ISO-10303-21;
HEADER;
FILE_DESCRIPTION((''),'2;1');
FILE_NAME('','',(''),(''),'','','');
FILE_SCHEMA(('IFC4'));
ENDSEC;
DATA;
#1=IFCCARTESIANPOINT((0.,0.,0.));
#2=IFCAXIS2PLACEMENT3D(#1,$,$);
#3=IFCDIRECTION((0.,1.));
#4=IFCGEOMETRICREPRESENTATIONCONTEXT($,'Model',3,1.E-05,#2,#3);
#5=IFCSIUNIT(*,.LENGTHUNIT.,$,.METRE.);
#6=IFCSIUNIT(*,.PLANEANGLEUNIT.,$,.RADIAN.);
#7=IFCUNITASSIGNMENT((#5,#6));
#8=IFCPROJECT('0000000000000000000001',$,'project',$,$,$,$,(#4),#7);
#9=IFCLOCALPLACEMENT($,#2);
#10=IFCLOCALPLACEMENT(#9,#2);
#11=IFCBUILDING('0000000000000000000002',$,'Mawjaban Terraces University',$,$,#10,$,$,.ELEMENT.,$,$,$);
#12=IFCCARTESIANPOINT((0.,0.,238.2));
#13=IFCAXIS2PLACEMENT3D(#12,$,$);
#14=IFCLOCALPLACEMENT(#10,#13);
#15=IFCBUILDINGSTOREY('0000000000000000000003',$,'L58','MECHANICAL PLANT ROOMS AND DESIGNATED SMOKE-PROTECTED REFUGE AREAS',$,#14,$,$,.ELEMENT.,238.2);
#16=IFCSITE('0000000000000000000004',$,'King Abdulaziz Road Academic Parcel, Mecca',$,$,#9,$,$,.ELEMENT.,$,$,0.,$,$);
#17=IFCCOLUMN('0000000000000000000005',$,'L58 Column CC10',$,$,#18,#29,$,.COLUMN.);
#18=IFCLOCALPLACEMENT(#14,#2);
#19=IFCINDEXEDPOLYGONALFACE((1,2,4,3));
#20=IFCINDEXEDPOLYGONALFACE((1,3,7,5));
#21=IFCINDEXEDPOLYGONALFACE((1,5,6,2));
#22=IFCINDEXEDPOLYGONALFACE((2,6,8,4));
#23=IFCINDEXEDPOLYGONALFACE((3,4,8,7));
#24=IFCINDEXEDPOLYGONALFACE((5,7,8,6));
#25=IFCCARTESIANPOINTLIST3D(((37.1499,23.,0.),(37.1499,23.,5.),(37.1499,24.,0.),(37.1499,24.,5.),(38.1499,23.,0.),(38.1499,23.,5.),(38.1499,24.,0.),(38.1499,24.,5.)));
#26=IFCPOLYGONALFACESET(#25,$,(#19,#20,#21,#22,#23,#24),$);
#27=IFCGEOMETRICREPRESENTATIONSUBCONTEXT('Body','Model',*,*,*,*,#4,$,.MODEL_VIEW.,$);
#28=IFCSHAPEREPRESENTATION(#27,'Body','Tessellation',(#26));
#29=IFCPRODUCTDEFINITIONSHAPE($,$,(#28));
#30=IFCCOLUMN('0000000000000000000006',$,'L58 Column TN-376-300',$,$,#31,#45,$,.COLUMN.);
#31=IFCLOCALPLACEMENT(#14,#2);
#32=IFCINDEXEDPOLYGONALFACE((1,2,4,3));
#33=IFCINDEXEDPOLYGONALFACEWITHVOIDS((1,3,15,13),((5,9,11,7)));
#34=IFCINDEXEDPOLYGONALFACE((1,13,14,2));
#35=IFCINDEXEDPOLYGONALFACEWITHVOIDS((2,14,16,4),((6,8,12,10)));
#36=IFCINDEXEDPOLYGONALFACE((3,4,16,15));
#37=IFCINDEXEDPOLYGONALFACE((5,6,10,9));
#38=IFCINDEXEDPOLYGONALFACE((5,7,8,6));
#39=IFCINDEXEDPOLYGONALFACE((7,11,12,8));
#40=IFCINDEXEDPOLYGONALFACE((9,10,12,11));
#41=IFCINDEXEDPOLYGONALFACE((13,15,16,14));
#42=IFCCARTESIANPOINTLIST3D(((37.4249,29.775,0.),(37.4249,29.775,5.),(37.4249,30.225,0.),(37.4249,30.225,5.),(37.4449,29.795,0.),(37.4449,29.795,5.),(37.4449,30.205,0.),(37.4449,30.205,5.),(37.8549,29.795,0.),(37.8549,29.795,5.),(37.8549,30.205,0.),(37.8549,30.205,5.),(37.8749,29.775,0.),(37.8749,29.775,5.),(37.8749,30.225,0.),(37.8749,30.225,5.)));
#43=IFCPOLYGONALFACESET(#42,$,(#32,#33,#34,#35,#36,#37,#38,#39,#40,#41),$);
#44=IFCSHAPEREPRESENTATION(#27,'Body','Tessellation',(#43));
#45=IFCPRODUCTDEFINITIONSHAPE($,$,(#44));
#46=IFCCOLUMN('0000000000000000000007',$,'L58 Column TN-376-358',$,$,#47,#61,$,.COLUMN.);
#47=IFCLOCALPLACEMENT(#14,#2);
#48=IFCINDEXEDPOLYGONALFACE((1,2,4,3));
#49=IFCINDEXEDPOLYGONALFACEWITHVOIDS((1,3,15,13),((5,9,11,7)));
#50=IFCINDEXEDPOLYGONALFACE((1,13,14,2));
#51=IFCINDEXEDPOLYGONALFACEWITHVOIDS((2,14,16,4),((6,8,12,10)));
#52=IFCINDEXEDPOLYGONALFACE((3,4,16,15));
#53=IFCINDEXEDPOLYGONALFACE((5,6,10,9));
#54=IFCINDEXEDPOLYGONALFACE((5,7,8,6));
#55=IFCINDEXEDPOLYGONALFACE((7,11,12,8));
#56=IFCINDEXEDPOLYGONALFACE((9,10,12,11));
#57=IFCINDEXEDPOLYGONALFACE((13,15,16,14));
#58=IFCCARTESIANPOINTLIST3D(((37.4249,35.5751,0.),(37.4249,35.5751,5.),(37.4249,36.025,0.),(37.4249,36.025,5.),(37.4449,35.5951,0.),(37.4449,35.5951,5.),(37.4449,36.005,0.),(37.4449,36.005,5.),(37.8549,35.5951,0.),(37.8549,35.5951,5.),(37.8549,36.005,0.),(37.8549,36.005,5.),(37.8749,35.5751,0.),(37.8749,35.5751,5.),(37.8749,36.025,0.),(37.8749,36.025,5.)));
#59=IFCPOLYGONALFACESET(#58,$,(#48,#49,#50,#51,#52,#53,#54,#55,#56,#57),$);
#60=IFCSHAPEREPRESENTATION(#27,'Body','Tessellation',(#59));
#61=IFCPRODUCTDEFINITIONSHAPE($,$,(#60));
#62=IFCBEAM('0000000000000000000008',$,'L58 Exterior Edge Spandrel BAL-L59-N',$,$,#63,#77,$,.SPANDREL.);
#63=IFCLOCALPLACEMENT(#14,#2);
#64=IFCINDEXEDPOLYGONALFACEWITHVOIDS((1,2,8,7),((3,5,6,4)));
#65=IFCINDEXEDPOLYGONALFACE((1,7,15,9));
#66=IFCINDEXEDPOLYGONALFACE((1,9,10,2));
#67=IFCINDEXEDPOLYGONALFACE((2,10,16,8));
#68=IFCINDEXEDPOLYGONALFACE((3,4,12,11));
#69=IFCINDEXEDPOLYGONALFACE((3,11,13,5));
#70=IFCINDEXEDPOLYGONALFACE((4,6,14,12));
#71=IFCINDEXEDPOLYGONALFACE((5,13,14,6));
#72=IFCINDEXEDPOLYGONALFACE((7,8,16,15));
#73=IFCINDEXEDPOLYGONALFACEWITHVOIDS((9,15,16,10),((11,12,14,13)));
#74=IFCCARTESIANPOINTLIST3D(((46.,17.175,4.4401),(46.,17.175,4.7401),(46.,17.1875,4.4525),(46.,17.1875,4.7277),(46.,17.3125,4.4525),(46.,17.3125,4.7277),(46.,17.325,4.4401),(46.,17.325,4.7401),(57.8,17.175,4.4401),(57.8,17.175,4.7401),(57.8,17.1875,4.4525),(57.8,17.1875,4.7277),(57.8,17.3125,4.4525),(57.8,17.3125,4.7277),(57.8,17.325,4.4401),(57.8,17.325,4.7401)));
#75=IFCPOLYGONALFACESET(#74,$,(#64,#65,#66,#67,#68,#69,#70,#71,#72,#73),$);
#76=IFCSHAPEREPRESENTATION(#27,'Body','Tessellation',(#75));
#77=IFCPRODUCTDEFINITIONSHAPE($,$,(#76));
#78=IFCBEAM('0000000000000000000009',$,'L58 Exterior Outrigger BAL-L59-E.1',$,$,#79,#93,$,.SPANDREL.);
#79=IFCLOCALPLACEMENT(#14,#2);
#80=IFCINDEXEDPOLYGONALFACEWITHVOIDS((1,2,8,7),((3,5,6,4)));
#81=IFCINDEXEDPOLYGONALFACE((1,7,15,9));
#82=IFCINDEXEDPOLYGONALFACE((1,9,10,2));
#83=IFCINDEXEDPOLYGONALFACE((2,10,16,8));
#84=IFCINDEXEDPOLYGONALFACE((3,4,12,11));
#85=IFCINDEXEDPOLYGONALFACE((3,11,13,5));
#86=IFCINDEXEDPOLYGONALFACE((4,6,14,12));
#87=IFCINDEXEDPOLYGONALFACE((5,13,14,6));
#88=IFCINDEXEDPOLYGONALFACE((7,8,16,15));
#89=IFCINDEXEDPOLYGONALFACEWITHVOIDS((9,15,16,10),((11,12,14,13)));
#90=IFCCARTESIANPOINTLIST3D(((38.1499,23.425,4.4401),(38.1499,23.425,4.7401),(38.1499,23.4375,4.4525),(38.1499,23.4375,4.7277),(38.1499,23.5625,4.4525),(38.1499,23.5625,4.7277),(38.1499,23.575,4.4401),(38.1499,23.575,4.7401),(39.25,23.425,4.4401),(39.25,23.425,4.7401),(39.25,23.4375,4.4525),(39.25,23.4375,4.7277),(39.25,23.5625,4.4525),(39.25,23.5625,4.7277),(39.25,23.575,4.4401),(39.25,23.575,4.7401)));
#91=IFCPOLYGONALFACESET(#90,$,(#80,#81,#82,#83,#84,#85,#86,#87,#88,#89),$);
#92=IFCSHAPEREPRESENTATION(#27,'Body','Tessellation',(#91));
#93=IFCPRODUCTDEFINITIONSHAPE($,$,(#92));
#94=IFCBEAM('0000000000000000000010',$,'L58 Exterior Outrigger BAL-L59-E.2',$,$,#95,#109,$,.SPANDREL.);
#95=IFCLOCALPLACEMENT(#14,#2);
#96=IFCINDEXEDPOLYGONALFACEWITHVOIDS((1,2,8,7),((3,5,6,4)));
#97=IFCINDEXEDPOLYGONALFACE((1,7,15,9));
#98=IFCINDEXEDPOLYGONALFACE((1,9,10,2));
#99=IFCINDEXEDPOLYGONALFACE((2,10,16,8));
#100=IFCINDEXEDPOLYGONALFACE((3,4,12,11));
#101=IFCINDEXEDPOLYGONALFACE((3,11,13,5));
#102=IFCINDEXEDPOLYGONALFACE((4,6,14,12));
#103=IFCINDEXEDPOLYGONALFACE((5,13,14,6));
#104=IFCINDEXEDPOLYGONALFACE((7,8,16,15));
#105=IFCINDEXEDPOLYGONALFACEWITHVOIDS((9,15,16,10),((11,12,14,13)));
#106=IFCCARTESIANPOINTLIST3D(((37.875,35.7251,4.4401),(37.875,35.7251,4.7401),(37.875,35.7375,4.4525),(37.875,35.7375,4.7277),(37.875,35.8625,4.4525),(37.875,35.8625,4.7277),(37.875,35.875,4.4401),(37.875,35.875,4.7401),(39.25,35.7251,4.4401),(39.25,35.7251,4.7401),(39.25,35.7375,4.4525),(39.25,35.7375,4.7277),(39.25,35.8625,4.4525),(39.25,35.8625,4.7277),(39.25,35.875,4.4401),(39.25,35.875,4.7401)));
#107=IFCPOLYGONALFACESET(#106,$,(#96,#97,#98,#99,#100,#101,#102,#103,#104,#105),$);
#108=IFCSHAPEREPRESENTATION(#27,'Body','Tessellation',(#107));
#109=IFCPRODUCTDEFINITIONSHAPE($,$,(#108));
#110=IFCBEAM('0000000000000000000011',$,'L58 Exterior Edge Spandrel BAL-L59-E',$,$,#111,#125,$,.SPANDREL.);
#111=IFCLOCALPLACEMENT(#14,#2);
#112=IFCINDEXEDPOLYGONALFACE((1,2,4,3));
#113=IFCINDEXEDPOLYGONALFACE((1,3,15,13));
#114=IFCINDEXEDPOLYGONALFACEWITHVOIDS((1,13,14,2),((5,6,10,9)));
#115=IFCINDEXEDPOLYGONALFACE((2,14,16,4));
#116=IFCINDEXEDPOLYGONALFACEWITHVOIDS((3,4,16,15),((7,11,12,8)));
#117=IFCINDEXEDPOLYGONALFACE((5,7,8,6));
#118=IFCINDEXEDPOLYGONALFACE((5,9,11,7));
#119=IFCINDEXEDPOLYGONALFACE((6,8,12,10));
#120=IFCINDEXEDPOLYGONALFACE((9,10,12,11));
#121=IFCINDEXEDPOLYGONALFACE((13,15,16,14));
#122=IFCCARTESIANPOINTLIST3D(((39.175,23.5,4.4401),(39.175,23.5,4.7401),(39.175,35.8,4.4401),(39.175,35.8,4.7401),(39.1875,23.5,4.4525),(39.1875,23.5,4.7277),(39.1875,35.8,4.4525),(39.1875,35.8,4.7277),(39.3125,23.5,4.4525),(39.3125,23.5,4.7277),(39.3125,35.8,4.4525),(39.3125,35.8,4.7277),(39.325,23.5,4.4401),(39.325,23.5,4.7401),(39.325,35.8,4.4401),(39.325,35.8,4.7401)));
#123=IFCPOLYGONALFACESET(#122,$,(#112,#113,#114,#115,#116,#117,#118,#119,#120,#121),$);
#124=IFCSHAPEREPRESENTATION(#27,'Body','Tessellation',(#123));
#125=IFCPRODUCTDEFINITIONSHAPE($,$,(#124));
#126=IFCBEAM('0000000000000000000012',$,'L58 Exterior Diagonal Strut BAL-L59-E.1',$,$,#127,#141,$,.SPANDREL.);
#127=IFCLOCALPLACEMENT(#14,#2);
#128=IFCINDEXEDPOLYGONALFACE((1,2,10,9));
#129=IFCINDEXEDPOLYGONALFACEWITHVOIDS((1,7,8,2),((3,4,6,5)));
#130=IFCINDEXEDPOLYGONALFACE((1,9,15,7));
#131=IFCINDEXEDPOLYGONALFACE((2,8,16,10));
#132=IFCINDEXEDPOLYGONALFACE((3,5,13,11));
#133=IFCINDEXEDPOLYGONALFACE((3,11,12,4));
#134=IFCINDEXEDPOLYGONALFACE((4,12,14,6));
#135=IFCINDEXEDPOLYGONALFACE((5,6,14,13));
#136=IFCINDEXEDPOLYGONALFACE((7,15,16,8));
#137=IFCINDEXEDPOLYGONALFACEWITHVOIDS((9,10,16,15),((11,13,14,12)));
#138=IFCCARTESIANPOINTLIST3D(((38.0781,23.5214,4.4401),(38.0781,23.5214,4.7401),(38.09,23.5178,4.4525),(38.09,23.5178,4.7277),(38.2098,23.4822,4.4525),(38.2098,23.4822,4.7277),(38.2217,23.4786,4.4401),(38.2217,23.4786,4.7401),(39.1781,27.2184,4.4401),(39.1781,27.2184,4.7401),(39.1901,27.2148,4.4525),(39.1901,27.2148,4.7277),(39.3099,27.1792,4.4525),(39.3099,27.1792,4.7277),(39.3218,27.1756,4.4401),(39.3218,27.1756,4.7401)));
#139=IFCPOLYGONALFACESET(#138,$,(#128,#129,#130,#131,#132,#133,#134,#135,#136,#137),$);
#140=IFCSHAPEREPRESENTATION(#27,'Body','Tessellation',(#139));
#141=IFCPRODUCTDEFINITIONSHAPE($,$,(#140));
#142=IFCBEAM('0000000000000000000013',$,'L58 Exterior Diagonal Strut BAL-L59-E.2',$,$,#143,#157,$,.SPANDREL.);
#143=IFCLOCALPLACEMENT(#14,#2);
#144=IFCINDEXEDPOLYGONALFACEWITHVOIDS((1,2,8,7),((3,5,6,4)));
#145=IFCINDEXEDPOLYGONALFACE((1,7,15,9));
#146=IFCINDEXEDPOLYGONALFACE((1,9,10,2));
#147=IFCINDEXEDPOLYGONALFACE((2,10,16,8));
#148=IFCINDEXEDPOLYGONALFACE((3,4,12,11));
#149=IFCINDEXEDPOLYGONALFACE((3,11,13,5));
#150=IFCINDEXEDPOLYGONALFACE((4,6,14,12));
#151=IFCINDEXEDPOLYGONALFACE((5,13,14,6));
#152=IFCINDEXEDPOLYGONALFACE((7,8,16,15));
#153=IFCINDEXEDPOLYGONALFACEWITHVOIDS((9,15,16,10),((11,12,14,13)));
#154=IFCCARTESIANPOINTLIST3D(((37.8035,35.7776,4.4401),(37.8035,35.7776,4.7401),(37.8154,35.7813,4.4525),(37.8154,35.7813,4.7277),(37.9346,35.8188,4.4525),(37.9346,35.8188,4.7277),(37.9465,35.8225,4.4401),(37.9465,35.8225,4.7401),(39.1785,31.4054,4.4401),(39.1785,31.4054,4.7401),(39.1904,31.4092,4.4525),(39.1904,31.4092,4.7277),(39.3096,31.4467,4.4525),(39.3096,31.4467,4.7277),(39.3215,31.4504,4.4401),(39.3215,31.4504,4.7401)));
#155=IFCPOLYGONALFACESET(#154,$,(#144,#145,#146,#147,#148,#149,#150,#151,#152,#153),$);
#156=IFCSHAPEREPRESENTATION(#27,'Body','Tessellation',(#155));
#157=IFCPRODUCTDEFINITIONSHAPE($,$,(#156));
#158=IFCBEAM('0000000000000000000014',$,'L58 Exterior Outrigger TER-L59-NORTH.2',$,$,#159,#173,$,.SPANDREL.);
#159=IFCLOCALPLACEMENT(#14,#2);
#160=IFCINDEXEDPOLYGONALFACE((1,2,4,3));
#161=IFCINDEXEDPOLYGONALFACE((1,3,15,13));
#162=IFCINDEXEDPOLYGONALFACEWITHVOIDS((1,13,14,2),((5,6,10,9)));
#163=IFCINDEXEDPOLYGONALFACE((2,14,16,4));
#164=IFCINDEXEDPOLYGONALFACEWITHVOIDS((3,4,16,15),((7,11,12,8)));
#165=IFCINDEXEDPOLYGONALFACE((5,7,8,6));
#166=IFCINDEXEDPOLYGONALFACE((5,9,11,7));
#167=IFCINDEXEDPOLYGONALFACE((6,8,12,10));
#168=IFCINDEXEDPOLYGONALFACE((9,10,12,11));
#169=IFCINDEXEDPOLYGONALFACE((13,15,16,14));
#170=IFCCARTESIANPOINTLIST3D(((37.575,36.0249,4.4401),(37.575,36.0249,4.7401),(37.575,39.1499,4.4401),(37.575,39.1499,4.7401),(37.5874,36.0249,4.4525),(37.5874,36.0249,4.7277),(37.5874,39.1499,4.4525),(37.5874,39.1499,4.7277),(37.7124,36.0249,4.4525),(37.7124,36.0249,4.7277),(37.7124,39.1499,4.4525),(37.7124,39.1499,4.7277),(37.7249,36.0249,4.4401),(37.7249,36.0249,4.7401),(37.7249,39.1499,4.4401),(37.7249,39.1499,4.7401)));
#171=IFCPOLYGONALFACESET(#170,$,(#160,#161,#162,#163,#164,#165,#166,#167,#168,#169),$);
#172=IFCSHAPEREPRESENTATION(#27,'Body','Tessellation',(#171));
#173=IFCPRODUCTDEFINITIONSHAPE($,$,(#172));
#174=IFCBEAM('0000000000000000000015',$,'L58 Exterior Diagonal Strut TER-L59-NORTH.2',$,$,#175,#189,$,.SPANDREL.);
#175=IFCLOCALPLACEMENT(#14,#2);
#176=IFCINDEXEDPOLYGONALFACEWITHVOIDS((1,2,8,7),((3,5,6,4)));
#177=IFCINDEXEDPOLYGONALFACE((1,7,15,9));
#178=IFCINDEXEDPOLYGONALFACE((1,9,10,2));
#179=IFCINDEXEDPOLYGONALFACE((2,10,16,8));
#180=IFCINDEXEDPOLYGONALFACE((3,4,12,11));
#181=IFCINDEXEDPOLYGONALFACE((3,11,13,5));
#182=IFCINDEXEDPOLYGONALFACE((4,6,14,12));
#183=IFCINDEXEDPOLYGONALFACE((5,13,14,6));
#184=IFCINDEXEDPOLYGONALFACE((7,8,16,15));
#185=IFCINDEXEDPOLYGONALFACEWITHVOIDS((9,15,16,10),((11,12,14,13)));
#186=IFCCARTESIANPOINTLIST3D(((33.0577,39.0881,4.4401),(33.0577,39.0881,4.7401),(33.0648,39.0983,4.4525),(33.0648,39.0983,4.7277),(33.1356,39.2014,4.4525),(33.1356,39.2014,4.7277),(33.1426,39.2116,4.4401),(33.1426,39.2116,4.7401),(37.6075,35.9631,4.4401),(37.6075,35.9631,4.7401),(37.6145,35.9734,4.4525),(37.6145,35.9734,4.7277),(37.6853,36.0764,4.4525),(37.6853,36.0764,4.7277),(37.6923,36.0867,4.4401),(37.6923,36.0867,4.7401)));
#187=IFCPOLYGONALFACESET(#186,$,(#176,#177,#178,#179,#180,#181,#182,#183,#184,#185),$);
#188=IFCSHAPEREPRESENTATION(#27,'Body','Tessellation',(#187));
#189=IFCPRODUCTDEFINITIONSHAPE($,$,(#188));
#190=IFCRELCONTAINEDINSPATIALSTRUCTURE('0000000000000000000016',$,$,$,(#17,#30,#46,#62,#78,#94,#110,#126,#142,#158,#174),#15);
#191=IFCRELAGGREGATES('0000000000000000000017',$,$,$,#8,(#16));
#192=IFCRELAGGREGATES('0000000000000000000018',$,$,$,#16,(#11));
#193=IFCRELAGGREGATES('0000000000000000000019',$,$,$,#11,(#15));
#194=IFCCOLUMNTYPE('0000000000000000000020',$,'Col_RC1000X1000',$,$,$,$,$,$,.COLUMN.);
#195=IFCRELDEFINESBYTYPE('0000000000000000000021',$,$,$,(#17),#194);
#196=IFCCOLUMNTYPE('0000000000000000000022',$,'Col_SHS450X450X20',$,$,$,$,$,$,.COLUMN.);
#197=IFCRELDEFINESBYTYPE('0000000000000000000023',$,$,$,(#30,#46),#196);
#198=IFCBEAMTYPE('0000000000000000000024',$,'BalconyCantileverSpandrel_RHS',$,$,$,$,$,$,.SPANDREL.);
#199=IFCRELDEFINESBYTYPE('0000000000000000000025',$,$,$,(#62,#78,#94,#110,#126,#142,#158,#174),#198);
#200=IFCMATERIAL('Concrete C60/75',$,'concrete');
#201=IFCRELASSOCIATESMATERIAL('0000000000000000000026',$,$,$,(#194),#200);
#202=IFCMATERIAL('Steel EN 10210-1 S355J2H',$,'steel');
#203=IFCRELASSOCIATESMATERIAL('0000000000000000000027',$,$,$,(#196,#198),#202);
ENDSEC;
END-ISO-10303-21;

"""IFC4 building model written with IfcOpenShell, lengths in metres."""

from ifc_helpers import new_model, si_unit, direction, frame, origin, origin_2d, place, context, subcontext, project, spatial, rectangle, hollow_rectangle, extrude, material, material_profile, profile_set, type_object, element, save


model = new_model("IFC4")

# Units and contexts
model_context = context("Model", 3, precision=1e-05, world=origin(), true_north=direction((0.0, 1.0)))
body_context = subcontext(model_context, "Body", "Model", "MODEL_VIEW")
ifc_project = project(units=[si_unit("LENGTHUNIT", "METRE"), si_unit("PLANEANGLEUNIT", "RADIAN")], contexts=[model_context])

# Site, building, storey
site_placement = place(None, origin())
site = spatial("IfcSite", under=ifc_project, at=site_placement, Name="King Abdulaziz Road Academic Parcel, Mecca", CompositionType="ELEMENT", RefElevation=0.0)
building_placement = place(site_placement, origin())
building = spatial("IfcBuilding", under=site, at=building_placement, Name="Mawjaban Terraces University", CompositionType="ELEMENT")
storey_placement = place(building_placement, frame((0.0, 0.0, 238.2)))
storey = spatial("IfcBuildingStorey", under=building, at=storey_placement, Name="L58", Description="MECHANICAL PLANT ROOMS AND DESIGNATED SMOKE-PROTECTED REFUGE AREAS", CompositionType="ELEMENT", Elevation=238.2)

# Columns
ifc_material_1 = material(Name="Concrete C60/75", Category="concrete")
ifc_material_profile_1 = material_profile(ifc_material_1, rectangle(XDim=1.0, YDim=1.0, at=origin_2d()), Name="RC1000X1000")
ifc_profile_set_1 = profile_set([ifc_material_profile_1], Name="Concrete C60/75")
column_type_1 = type_object("IfcColumnType", Name="Col_RC1000X1000", PredefinedType="COLUMN", material=ifc_profile_set_1)
column_placement = place(storey_placement, frame((37.6499, 23.5, 0.0), z_axis=(0.0, 0.0, 1.0), x_axis=(1.0, 0.0, 0.0)))
element("IfcColumn", 1, at=column_placement, inside=storey, type_object=column_type_1, Name="L58 Column CC10", PredefinedType="COLUMN", context=body_context, shape_type="SweptSolid", body=[
    extrude(rectangle(XDim=1.0, YDim=1.0, at=origin_2d()), origin(), (0.0, 0.0, 1.0), 5.0),
])
ifc_material_2 = material(Name="Steel EN 10210-1 S355J2H", Category="steel")
ifc_material_profile_2 = material_profile(ifc_material_2, hollow_rectangle(XDim=0.45, YDim=0.45, WallThickness=0.02, at=origin_2d()), Name="SHS450X450X20")
ifc_profile_set_2 = profile_set([ifc_material_profile_2], Name="Steel EN 10210-1 S355J2H")
column_type_2 = type_object("IfcColumnType", Name="Col_SHS450X450X20", PredefinedType="COLUMN", material=ifc_profile_set_2)
for number, where, z_axis, x_axis, name in (
    (2, (37.6499, 30.0, 0.0), (0.0, 0.0, 1.0), (1.0, 0.0, 0.0), "L58 Column TN-376-300"),
    (3, (37.6499, 35.8, 0.0), (0.0, 0.0, 1.0), (1.0, 0.0, 0.0), "L58 Column TN-376-358"),
):
    element("IfcColumn", number, at=place(storey_placement, frame(where, z_axis=z_axis, x_axis=x_axis)), inside=storey, type_object=column_type_2, Name=name, PredefinedType="COLUMN", context=body_context, shape_type="SweptSolid", body=[
        extrude(hollow_rectangle(XDim=0.45, YDim=0.45, WallThickness=0.02, at=origin_2d()), origin(), (0.0, 0.0, 1.0), 5.0),
    ])

# Beams
ifc_material_profile_3 = material_profile(ifc_material_2, hollow_rectangle(XDim=0.1499, YDim=0.3, WallThickness=0.0125, at=origin_2d()), Name="RHS300X150X12.5")
ifc_profile_set_3 = profile_set([ifc_material_profile_3], Name="Steel EN 10210-1 S355J2H")
beam_type_1 = type_object("IfcBeamType", Name="BalconyCantileverSpandrel_RHS", PredefinedType="SPANDREL", material=ifc_profile_set_3)
beam_1_placement = place(storey_placement, frame((46.0, 17.25, 4.5901), z_axis=(1.0, 0.0, 0.0), x_axis=(0.0, 1.0, 0.0)))
element("IfcBeam", 4, at=beam_1_placement, inside=storey, type_object=beam_type_1, Name="L58 Exterior Edge Spandrel BAL-L59-N", PredefinedType="SPANDREL", context=body_context, shape_type="SweptSolid", body=[
    extrude(hollow_rectangle(XDim=0.1499, YDim=0.3, WallThickness=0.0125, at=origin_2d()), origin(), (0.0, 0.0, 1.0), 11.8),
])
beam_2_placement = place(storey_placement, frame((38.1499, 23.5, 4.5901), z_axis=(1.0, 0.0, 0.0), x_axis=(0.0, 1.0, 0.0)))
element("IfcBeam", 5, at=beam_2_placement, inside=storey, type_object=beam_type_1, Name="L58 Exterior Outrigger BAL-L59-E.1", PredefinedType="SPANDREL", context=body_context, shape_type="SweptSolid", body=[
    extrude(hollow_rectangle(XDim=0.1499, YDim=0.3, WallThickness=0.0125, at=origin_2d()), origin(), (0.0, 0.0, 1.0), 1.1001),
])
beam_3_placement = place(storey_placement, frame((37.875, 35.8, 4.5901), z_axis=(1.0, 0.0, 0.0), x_axis=(0.0, 1.0, 0.0)))
element("IfcBeam", 6, at=beam_3_placement, inside=storey, type_object=beam_type_1, Name="L58 Exterior Outrigger BAL-L59-E.2", PredefinedType="SPANDREL", context=body_context, shape_type="SweptSolid", body=[
    extrude(hollow_rectangle(XDim=0.1499, YDim=0.3, WallThickness=0.0125, at=origin_2d()), origin(), (0.0, 0.0, 1.0), 1.375),
])
beam_4_placement = place(storey_placement, frame((39.25, 23.5, 4.5901), z_axis=(0.0, 1.0, 0.0), x_axis=(-1.0, 0.0, 0.0)))
element("IfcBeam", 7, at=beam_4_placement, inside=storey, type_object=beam_type_1, Name="L58 Exterior Edge Spandrel BAL-L59-E", PredefinedType="SPANDREL", context=body_context, shape_type="SweptSolid", body=[
    extrude(hollow_rectangle(XDim=0.1499, YDim=0.3, WallThickness=0.0125, at=origin_2d()), origin(), (0.0, 0.0, 1.0), 12.3),
])
beam_5_placement = place(storey_placement, frame((38.1499, 23.5, 4.5901), z_axis=(0.285204, 0.958467, 0.0), x_axis=(-0.958467, 0.285204, 0.0)))
element("IfcBeam", 8, at=beam_5_placement, inside=storey, type_object=beam_type_1, Name="L58 Exterior Diagonal Strut BAL-L59-E.1", PredefinedType="SPANDREL", context=body_context, shape_type="SweptSolid", body=[
    extrude(hollow_rectangle(XDim=0.1499, YDim=0.3, WallThickness=0.0125, at=origin_2d()), origin(), (0.0, 0.0, 1.0), 3.8572),
])
beam_6_placement = place(storey_placement, frame((37.875, 35.8, 4.5901), z_axis=(0.300009, -0.953936, 0.0), x_axis=(0.953936, 0.300009, 0.0)))
element("IfcBeam", 9, at=beam_6_placement, inside=storey, type_object=beam_type_1, Name="L58 Exterior Diagonal Strut BAL-L59-E.2", PredefinedType="SPANDREL", context=body_context, shape_type="SweptSolid", body=[
    extrude(hollow_rectangle(XDim=0.1499, YDim=0.3, WallThickness=0.0125, at=origin_2d()), origin(), (0.0, 0.0, 1.0), 4.5833),
])
beam_7_placement = place(storey_placement, frame((37.6499, 36.0249, 4.5901), z_axis=(0.0, 1.0, 0.0), x_axis=(-1.0, 0.0, 0.0)))
element("IfcBeam", 10, at=beam_7_placement, inside=storey, type_object=beam_type_1, Name="L58 Exterior Outrigger TER-L59-NORTH.2", PredefinedType="SPANDREL", context=body_context, shape_type="SweptSolid", body=[
    extrude(hollow_rectangle(XDim=0.1499, YDim=0.3, WallThickness=0.0125, at=origin_2d()), origin(), (0.0, 0.0, 1.0), 3.125),
])
beam_8_placement = place(storey_placement, frame((37.6499, 36.0249, 4.5901), z_axis=(-0.824295, 0.566161, 0.0), x_axis=(-0.566161, -0.824295, 0.0)))
element("IfcBeam", 11, at=beam_8_placement, inside=storey, type_object=beam_type_1, Name="L58 Exterior Diagonal Strut TER-L59-NORTH.2", PredefinedType="SPANDREL", context=body_context, shape_type="SweptSolid", body=[
    extrude(hollow_rectangle(XDim=0.1499, YDim=0.3, WallThickness=0.0125, at=origin_2d()), origin(), (0.0, 0.0, 1.0), 5.5195),
])

save(model, "model.ifc")
